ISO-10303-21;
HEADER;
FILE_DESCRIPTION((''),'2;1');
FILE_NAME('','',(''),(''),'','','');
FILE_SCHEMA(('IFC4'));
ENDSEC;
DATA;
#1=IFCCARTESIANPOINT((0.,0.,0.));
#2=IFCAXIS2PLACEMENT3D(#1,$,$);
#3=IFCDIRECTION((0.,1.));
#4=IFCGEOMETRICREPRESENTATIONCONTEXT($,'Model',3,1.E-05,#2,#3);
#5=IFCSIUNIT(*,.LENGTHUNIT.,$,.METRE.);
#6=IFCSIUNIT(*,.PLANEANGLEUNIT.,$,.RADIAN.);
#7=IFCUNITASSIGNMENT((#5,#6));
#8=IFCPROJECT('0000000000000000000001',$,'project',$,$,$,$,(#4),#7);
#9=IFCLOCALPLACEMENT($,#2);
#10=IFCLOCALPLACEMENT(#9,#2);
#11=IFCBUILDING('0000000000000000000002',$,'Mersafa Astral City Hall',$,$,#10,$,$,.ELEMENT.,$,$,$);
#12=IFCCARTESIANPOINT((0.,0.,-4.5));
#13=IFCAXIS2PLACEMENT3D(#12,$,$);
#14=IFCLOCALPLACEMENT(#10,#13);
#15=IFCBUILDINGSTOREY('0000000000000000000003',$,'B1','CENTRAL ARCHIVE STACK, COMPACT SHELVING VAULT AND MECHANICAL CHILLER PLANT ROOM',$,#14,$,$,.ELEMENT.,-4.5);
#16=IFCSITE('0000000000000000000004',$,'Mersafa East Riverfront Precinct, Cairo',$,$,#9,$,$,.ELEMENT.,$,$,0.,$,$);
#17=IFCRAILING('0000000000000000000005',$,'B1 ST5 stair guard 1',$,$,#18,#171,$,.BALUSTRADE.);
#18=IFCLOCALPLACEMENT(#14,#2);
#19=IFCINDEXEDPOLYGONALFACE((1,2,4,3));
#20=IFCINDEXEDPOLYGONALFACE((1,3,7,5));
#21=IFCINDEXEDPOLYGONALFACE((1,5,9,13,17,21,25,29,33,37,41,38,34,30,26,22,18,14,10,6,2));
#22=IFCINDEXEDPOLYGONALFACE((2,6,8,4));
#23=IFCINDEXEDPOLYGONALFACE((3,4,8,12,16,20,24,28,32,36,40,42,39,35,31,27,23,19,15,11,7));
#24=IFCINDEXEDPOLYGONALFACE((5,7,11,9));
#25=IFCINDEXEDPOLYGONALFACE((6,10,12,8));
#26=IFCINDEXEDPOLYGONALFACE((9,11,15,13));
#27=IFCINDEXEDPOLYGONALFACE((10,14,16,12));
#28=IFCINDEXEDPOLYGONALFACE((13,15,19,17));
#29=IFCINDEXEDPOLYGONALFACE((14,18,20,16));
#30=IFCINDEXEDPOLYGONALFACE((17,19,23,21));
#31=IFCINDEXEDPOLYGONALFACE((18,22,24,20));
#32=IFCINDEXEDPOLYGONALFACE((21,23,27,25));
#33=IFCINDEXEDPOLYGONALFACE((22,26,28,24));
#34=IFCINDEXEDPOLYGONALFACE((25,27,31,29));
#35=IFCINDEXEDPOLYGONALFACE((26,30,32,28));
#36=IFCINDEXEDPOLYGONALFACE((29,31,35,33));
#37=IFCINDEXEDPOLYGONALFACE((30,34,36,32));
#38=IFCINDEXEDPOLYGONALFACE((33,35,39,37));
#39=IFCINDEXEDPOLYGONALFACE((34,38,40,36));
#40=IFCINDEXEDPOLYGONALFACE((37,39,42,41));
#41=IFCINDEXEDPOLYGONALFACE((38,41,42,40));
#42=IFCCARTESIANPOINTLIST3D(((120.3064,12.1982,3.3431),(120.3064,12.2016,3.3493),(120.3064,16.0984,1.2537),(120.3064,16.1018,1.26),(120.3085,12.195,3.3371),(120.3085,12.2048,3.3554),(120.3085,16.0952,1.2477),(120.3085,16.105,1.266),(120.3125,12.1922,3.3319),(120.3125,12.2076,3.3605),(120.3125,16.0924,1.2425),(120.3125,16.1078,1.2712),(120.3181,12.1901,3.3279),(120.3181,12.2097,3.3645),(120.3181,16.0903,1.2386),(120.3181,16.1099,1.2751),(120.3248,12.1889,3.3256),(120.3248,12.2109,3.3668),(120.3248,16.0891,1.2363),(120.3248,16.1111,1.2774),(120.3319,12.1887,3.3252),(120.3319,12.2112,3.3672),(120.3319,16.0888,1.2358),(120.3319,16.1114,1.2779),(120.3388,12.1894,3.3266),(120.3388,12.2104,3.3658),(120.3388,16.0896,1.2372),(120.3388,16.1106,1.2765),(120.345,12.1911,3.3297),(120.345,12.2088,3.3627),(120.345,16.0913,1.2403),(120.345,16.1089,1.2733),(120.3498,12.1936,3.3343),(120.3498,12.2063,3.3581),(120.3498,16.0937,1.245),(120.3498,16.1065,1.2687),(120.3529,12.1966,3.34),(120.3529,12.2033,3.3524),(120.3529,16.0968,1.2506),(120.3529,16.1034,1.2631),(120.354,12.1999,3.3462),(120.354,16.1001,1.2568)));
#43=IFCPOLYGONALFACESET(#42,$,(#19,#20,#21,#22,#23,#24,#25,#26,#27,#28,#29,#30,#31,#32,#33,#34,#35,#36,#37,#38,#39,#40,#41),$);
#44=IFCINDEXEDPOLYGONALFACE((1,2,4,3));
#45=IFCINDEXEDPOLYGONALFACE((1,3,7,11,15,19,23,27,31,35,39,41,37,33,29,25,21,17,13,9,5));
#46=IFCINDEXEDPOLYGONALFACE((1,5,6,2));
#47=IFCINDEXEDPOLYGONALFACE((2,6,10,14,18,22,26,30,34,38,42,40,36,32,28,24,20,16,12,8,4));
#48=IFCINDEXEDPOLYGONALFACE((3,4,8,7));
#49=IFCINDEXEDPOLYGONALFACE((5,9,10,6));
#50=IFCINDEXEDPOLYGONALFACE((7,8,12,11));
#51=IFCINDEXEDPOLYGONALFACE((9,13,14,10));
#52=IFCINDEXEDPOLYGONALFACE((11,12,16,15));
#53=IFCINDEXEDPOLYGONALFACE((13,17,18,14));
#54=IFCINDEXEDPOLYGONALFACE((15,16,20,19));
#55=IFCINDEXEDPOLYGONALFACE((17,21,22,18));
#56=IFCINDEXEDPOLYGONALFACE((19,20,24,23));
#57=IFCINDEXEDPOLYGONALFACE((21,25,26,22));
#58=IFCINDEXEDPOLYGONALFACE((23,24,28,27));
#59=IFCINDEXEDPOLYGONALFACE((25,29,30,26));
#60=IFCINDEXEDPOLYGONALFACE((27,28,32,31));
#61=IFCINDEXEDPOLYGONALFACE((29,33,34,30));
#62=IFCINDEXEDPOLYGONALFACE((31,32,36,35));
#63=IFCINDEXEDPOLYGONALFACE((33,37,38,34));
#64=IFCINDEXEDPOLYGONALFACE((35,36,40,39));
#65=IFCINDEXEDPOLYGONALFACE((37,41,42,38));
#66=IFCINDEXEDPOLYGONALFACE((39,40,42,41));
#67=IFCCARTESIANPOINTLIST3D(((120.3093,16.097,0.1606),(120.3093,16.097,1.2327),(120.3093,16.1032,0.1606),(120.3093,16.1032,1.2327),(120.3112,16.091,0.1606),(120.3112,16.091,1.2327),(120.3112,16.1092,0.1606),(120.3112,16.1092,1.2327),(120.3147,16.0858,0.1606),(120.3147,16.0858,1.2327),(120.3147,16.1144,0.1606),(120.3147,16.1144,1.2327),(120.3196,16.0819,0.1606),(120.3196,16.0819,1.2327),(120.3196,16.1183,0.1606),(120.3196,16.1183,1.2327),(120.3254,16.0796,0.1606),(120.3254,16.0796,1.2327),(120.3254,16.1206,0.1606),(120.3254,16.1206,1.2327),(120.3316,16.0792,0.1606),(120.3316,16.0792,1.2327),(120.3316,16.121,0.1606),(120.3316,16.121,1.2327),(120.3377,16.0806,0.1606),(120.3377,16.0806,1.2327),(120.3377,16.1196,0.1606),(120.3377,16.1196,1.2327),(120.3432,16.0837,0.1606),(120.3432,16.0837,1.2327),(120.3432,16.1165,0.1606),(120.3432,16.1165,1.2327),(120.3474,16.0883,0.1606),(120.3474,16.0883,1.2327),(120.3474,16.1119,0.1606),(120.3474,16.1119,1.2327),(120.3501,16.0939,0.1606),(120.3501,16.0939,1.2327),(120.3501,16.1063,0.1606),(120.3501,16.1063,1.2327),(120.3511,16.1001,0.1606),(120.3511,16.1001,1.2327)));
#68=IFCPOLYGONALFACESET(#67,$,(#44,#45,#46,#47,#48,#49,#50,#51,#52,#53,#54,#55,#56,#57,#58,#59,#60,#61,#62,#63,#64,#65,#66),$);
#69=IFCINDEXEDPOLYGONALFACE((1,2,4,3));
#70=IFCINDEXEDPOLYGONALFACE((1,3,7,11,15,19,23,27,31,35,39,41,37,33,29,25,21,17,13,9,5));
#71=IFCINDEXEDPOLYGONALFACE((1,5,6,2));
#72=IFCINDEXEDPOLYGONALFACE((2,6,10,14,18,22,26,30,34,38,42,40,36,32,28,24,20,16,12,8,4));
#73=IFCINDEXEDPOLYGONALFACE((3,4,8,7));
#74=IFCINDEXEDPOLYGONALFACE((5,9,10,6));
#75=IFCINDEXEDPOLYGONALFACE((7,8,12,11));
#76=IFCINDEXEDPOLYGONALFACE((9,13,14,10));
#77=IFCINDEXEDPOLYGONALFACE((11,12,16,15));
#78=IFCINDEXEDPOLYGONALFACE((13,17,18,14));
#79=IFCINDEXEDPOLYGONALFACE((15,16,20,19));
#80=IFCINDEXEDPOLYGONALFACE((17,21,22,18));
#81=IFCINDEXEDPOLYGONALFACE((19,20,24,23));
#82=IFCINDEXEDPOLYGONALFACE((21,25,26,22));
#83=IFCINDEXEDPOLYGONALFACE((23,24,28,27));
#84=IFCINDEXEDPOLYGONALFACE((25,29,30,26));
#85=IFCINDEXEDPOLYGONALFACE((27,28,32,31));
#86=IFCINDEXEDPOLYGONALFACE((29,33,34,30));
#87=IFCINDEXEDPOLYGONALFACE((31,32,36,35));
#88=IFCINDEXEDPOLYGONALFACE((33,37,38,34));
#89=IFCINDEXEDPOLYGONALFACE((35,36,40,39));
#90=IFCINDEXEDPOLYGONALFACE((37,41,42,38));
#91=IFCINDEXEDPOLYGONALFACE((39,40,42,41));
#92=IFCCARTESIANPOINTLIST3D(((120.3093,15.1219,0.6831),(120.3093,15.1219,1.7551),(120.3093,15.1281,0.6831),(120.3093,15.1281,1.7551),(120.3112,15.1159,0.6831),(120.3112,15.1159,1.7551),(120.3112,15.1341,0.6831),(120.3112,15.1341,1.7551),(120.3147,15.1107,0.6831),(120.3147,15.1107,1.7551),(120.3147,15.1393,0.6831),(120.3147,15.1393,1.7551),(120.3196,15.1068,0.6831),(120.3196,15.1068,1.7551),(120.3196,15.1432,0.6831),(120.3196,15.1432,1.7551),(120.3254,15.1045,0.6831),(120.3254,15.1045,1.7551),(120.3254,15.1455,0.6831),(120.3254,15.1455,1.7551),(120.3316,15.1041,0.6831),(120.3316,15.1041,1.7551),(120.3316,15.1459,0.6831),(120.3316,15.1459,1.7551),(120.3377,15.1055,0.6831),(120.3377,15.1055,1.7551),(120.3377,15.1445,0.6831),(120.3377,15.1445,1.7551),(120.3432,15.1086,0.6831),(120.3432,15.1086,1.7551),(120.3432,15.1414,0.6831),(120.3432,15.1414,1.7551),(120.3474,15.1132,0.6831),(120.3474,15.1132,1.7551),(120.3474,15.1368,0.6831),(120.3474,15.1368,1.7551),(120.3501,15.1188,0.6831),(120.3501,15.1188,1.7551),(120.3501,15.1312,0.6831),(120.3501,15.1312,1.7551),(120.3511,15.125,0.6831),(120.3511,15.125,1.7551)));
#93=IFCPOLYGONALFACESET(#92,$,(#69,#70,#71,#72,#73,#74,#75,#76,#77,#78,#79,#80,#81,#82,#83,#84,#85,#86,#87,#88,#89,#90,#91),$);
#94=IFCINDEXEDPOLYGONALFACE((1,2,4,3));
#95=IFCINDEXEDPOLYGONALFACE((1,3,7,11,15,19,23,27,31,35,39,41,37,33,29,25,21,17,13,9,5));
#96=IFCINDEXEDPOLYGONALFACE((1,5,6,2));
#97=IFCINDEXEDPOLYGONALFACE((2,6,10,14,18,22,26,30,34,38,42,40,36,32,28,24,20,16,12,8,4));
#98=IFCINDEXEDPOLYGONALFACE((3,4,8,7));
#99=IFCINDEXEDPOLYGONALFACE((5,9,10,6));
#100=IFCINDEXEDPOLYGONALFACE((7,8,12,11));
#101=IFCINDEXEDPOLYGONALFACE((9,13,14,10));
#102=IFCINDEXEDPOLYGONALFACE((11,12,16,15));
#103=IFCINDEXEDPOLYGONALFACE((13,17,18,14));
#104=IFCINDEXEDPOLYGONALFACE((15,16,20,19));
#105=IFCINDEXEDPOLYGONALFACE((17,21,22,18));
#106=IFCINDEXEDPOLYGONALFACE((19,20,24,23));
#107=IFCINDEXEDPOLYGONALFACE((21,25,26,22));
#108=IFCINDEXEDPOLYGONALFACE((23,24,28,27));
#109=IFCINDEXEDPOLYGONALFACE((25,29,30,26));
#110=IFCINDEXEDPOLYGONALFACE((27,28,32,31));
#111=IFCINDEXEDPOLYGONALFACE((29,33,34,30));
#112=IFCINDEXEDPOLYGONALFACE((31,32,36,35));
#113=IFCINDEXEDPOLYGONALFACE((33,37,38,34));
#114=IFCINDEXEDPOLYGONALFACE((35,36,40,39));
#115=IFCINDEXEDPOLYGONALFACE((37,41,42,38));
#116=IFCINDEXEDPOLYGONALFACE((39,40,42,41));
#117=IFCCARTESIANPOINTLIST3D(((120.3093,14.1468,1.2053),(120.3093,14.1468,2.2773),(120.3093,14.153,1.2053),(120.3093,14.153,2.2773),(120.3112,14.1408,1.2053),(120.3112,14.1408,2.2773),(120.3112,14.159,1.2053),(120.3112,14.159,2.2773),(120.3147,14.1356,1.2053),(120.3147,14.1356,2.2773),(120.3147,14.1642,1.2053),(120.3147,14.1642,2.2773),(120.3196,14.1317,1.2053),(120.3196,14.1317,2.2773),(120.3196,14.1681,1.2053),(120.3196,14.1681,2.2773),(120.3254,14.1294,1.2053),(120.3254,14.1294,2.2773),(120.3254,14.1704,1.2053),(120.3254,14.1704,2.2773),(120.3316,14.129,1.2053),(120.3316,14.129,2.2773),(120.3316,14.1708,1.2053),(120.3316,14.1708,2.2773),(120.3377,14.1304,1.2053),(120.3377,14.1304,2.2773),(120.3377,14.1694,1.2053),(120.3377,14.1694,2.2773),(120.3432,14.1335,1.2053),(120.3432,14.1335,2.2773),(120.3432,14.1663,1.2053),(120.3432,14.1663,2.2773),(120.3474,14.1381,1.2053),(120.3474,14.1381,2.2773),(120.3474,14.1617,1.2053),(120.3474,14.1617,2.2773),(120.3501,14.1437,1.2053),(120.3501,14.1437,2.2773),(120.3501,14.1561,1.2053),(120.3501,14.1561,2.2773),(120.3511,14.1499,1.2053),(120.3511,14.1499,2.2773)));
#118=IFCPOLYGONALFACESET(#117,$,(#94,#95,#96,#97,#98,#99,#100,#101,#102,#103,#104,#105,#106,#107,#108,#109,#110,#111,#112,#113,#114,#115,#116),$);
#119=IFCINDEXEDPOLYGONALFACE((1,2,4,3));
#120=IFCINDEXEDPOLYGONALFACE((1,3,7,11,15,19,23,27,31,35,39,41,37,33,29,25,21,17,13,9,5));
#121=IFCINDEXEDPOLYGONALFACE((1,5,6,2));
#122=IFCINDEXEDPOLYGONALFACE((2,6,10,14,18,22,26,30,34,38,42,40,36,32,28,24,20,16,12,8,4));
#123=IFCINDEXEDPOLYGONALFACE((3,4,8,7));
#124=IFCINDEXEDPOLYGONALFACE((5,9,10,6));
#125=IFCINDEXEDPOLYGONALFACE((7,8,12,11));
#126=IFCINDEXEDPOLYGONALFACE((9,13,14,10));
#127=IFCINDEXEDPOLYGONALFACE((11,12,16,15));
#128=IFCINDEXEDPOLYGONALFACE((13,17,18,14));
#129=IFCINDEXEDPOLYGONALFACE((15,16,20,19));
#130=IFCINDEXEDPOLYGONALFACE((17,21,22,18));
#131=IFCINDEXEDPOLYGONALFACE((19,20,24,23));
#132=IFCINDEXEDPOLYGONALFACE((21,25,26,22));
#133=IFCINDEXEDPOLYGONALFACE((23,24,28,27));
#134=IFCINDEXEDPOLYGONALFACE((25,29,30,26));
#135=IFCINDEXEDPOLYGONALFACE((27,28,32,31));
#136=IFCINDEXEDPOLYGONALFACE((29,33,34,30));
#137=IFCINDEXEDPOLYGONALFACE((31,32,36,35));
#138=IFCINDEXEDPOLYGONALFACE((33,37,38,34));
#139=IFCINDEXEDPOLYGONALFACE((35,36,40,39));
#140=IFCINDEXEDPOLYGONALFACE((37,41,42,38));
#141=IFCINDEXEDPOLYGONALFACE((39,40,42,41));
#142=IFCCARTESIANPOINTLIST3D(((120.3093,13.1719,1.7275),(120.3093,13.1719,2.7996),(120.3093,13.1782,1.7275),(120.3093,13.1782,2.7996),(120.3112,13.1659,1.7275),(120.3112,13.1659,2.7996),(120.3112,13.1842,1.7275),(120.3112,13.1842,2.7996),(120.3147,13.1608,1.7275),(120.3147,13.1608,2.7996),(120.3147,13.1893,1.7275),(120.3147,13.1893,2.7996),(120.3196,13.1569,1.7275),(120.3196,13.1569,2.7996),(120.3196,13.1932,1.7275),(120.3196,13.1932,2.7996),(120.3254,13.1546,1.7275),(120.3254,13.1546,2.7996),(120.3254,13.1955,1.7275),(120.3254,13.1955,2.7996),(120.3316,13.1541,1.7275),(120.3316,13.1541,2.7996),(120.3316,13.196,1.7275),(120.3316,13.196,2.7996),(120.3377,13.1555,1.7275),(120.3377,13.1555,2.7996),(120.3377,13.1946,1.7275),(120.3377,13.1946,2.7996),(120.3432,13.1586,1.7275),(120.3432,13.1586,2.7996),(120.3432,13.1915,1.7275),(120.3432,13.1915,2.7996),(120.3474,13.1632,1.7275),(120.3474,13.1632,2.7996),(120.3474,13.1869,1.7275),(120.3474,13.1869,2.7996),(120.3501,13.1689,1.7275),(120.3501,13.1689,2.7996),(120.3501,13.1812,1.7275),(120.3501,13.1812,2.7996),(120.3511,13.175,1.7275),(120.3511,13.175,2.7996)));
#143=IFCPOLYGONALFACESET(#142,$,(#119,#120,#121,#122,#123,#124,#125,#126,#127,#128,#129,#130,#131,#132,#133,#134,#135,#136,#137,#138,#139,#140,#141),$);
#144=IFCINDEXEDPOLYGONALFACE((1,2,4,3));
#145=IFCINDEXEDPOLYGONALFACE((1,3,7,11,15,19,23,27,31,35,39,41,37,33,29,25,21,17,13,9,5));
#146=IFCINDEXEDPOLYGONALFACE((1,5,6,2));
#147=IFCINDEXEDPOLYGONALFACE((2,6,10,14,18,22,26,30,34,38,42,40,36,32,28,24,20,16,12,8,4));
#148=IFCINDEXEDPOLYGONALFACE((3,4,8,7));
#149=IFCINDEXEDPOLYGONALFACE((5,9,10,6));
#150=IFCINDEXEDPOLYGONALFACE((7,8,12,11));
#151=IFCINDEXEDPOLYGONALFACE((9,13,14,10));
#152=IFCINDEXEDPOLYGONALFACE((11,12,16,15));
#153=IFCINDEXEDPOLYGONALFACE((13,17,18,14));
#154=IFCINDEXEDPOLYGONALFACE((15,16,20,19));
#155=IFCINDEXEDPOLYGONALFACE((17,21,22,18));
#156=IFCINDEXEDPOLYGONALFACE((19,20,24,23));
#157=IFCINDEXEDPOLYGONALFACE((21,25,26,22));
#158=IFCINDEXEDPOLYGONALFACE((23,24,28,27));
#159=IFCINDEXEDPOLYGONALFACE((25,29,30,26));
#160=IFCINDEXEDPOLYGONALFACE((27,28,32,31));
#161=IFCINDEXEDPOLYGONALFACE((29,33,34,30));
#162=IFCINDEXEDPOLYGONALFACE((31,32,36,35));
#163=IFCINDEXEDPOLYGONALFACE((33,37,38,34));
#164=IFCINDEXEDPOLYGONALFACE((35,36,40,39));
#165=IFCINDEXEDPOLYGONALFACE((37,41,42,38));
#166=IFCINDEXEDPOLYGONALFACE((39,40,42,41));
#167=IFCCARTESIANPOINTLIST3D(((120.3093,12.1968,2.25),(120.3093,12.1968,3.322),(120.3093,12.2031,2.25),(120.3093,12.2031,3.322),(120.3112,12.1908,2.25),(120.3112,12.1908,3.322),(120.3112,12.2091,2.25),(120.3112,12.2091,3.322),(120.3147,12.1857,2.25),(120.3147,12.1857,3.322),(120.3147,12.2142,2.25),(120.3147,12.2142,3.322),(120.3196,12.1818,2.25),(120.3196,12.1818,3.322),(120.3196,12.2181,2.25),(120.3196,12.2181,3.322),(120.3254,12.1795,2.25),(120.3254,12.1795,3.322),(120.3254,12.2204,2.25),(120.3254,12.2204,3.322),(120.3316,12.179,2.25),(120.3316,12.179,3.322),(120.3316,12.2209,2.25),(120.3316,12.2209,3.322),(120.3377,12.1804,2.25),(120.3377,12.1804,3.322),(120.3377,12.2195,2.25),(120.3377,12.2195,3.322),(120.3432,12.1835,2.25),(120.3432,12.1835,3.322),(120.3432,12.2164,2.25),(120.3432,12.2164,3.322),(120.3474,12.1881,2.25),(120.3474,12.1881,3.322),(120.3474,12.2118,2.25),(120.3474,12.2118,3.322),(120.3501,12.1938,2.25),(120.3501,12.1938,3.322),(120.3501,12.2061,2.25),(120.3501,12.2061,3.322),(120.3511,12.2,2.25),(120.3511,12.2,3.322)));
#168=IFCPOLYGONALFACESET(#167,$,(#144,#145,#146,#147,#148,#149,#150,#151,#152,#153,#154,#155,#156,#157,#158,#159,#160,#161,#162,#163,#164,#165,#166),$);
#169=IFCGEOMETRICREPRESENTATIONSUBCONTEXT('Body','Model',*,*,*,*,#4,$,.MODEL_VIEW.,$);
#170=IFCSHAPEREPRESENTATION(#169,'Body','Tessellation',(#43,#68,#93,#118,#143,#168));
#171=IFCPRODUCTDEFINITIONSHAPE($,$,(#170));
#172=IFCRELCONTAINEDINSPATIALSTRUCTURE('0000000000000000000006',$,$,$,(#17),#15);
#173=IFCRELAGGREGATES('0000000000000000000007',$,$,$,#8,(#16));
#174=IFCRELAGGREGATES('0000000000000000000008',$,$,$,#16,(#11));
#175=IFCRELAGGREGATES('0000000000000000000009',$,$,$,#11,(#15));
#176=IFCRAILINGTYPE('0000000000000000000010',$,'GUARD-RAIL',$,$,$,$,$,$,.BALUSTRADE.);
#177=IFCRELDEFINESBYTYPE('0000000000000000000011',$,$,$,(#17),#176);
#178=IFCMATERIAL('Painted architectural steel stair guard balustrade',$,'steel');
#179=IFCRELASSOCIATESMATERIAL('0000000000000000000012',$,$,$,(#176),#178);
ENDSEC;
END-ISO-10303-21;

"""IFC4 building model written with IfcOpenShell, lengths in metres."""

from ifc_helpers import new_model, si_unit, direction, frame, origin, origin_2d, place, context, subcontext, project, spatial, circle, extrude, material, type_object, element, save


model = new_model("IFC4")

# Units and contexts
model_context = context("Model", 3, precision=1e-05, world=origin(), true_north=direction((0.0, 1.0)))
body_context = subcontext(model_context, "Body", "Model", "MODEL_VIEW")
ifc_project = project(units=[si_unit("LENGTHUNIT", "METRE"), si_unit("PLANEANGLEUNIT", "RADIAN")], contexts=[model_context])

# Site, building, storey
site_placement = place(None, origin())
site = spatial("IfcSite", under=ifc_project, at=site_placement, Name="Mersafa East Riverfront Precinct, Cairo", CompositionType="ELEMENT", RefElevation=0.0)
building_placement = place(site_placement, origin())
building = spatial("IfcBuilding", under=site, at=building_placement, Name="Mersafa Astral City Hall", CompositionType="ELEMENT")
storey_placement = place(building_placement, frame((0.0, 0.0, -4.5)))
storey = spatial("IfcBuildingStorey", under=building, at=storey_placement, Name="B1", Description="CENTRAL ARCHIVE STACK, COMPACT SHELVING VAULT AND MECHANICAL CHILLER PLANT ROOM", CompositionType="ELEMENT", Elevation=-4.5)

# Railing
ifc_material_1 = material(Name="Painted architectural steel stair guard balustrade", Category="steel")
railing_type = type_object("IfcRailingType", Name="GUARD-RAIL", PredefinedType="BALUSTRADE", material=ifc_material_1)
railing_1_placement = place(storey_placement, frame((120.3301, 16.1001, 0.1606)))
element("IfcRailing", 1, at=railing_1_placement, inside=storey, type_object=railing_type, Name="B1 ST5 stair guard 1", PredefinedType="BALUSTRADE", context=body_context, shape_type="SweptSolid", body=[
    extrude(circle(Radius=0.0239, at=origin_2d()), frame((0.0, 0.0, 1.0962), z_axis=(0.0, -0.881481, 0.47222), x_axis=(1.0, 0.0, 0.0)), (0.0, 0.0, 1.0), 4.4246),
    extrude(circle(Radius=0.021, at=origin_2d()), origin(), (0.0, 0.0, 1.0), 1.072),
    extrude(circle(Radius=0.021, at=origin_2d()), frame((0.0, -0.9751, 0.5225)), (0.0, 0.0, 1.0), 1.072),
    extrude(circle(Radius=0.021, at=origin_2d()), frame((0.0, -1.9502, 1.0447)), (0.0, 0.0, 1.0), 1.072),
    extrude(circle(Radius=0.021, at=origin_2d()), frame((0.0, -2.925, 1.5669)), (0.0, 0.0, 1.0), 1.072),
    extrude(circle(Radius=0.021, at=origin_2d()), frame((0.0, -3.9001, 2.0894)), (0.0, 0.0, 1.0), 1.072),
])

save(model, "model.ifc")
